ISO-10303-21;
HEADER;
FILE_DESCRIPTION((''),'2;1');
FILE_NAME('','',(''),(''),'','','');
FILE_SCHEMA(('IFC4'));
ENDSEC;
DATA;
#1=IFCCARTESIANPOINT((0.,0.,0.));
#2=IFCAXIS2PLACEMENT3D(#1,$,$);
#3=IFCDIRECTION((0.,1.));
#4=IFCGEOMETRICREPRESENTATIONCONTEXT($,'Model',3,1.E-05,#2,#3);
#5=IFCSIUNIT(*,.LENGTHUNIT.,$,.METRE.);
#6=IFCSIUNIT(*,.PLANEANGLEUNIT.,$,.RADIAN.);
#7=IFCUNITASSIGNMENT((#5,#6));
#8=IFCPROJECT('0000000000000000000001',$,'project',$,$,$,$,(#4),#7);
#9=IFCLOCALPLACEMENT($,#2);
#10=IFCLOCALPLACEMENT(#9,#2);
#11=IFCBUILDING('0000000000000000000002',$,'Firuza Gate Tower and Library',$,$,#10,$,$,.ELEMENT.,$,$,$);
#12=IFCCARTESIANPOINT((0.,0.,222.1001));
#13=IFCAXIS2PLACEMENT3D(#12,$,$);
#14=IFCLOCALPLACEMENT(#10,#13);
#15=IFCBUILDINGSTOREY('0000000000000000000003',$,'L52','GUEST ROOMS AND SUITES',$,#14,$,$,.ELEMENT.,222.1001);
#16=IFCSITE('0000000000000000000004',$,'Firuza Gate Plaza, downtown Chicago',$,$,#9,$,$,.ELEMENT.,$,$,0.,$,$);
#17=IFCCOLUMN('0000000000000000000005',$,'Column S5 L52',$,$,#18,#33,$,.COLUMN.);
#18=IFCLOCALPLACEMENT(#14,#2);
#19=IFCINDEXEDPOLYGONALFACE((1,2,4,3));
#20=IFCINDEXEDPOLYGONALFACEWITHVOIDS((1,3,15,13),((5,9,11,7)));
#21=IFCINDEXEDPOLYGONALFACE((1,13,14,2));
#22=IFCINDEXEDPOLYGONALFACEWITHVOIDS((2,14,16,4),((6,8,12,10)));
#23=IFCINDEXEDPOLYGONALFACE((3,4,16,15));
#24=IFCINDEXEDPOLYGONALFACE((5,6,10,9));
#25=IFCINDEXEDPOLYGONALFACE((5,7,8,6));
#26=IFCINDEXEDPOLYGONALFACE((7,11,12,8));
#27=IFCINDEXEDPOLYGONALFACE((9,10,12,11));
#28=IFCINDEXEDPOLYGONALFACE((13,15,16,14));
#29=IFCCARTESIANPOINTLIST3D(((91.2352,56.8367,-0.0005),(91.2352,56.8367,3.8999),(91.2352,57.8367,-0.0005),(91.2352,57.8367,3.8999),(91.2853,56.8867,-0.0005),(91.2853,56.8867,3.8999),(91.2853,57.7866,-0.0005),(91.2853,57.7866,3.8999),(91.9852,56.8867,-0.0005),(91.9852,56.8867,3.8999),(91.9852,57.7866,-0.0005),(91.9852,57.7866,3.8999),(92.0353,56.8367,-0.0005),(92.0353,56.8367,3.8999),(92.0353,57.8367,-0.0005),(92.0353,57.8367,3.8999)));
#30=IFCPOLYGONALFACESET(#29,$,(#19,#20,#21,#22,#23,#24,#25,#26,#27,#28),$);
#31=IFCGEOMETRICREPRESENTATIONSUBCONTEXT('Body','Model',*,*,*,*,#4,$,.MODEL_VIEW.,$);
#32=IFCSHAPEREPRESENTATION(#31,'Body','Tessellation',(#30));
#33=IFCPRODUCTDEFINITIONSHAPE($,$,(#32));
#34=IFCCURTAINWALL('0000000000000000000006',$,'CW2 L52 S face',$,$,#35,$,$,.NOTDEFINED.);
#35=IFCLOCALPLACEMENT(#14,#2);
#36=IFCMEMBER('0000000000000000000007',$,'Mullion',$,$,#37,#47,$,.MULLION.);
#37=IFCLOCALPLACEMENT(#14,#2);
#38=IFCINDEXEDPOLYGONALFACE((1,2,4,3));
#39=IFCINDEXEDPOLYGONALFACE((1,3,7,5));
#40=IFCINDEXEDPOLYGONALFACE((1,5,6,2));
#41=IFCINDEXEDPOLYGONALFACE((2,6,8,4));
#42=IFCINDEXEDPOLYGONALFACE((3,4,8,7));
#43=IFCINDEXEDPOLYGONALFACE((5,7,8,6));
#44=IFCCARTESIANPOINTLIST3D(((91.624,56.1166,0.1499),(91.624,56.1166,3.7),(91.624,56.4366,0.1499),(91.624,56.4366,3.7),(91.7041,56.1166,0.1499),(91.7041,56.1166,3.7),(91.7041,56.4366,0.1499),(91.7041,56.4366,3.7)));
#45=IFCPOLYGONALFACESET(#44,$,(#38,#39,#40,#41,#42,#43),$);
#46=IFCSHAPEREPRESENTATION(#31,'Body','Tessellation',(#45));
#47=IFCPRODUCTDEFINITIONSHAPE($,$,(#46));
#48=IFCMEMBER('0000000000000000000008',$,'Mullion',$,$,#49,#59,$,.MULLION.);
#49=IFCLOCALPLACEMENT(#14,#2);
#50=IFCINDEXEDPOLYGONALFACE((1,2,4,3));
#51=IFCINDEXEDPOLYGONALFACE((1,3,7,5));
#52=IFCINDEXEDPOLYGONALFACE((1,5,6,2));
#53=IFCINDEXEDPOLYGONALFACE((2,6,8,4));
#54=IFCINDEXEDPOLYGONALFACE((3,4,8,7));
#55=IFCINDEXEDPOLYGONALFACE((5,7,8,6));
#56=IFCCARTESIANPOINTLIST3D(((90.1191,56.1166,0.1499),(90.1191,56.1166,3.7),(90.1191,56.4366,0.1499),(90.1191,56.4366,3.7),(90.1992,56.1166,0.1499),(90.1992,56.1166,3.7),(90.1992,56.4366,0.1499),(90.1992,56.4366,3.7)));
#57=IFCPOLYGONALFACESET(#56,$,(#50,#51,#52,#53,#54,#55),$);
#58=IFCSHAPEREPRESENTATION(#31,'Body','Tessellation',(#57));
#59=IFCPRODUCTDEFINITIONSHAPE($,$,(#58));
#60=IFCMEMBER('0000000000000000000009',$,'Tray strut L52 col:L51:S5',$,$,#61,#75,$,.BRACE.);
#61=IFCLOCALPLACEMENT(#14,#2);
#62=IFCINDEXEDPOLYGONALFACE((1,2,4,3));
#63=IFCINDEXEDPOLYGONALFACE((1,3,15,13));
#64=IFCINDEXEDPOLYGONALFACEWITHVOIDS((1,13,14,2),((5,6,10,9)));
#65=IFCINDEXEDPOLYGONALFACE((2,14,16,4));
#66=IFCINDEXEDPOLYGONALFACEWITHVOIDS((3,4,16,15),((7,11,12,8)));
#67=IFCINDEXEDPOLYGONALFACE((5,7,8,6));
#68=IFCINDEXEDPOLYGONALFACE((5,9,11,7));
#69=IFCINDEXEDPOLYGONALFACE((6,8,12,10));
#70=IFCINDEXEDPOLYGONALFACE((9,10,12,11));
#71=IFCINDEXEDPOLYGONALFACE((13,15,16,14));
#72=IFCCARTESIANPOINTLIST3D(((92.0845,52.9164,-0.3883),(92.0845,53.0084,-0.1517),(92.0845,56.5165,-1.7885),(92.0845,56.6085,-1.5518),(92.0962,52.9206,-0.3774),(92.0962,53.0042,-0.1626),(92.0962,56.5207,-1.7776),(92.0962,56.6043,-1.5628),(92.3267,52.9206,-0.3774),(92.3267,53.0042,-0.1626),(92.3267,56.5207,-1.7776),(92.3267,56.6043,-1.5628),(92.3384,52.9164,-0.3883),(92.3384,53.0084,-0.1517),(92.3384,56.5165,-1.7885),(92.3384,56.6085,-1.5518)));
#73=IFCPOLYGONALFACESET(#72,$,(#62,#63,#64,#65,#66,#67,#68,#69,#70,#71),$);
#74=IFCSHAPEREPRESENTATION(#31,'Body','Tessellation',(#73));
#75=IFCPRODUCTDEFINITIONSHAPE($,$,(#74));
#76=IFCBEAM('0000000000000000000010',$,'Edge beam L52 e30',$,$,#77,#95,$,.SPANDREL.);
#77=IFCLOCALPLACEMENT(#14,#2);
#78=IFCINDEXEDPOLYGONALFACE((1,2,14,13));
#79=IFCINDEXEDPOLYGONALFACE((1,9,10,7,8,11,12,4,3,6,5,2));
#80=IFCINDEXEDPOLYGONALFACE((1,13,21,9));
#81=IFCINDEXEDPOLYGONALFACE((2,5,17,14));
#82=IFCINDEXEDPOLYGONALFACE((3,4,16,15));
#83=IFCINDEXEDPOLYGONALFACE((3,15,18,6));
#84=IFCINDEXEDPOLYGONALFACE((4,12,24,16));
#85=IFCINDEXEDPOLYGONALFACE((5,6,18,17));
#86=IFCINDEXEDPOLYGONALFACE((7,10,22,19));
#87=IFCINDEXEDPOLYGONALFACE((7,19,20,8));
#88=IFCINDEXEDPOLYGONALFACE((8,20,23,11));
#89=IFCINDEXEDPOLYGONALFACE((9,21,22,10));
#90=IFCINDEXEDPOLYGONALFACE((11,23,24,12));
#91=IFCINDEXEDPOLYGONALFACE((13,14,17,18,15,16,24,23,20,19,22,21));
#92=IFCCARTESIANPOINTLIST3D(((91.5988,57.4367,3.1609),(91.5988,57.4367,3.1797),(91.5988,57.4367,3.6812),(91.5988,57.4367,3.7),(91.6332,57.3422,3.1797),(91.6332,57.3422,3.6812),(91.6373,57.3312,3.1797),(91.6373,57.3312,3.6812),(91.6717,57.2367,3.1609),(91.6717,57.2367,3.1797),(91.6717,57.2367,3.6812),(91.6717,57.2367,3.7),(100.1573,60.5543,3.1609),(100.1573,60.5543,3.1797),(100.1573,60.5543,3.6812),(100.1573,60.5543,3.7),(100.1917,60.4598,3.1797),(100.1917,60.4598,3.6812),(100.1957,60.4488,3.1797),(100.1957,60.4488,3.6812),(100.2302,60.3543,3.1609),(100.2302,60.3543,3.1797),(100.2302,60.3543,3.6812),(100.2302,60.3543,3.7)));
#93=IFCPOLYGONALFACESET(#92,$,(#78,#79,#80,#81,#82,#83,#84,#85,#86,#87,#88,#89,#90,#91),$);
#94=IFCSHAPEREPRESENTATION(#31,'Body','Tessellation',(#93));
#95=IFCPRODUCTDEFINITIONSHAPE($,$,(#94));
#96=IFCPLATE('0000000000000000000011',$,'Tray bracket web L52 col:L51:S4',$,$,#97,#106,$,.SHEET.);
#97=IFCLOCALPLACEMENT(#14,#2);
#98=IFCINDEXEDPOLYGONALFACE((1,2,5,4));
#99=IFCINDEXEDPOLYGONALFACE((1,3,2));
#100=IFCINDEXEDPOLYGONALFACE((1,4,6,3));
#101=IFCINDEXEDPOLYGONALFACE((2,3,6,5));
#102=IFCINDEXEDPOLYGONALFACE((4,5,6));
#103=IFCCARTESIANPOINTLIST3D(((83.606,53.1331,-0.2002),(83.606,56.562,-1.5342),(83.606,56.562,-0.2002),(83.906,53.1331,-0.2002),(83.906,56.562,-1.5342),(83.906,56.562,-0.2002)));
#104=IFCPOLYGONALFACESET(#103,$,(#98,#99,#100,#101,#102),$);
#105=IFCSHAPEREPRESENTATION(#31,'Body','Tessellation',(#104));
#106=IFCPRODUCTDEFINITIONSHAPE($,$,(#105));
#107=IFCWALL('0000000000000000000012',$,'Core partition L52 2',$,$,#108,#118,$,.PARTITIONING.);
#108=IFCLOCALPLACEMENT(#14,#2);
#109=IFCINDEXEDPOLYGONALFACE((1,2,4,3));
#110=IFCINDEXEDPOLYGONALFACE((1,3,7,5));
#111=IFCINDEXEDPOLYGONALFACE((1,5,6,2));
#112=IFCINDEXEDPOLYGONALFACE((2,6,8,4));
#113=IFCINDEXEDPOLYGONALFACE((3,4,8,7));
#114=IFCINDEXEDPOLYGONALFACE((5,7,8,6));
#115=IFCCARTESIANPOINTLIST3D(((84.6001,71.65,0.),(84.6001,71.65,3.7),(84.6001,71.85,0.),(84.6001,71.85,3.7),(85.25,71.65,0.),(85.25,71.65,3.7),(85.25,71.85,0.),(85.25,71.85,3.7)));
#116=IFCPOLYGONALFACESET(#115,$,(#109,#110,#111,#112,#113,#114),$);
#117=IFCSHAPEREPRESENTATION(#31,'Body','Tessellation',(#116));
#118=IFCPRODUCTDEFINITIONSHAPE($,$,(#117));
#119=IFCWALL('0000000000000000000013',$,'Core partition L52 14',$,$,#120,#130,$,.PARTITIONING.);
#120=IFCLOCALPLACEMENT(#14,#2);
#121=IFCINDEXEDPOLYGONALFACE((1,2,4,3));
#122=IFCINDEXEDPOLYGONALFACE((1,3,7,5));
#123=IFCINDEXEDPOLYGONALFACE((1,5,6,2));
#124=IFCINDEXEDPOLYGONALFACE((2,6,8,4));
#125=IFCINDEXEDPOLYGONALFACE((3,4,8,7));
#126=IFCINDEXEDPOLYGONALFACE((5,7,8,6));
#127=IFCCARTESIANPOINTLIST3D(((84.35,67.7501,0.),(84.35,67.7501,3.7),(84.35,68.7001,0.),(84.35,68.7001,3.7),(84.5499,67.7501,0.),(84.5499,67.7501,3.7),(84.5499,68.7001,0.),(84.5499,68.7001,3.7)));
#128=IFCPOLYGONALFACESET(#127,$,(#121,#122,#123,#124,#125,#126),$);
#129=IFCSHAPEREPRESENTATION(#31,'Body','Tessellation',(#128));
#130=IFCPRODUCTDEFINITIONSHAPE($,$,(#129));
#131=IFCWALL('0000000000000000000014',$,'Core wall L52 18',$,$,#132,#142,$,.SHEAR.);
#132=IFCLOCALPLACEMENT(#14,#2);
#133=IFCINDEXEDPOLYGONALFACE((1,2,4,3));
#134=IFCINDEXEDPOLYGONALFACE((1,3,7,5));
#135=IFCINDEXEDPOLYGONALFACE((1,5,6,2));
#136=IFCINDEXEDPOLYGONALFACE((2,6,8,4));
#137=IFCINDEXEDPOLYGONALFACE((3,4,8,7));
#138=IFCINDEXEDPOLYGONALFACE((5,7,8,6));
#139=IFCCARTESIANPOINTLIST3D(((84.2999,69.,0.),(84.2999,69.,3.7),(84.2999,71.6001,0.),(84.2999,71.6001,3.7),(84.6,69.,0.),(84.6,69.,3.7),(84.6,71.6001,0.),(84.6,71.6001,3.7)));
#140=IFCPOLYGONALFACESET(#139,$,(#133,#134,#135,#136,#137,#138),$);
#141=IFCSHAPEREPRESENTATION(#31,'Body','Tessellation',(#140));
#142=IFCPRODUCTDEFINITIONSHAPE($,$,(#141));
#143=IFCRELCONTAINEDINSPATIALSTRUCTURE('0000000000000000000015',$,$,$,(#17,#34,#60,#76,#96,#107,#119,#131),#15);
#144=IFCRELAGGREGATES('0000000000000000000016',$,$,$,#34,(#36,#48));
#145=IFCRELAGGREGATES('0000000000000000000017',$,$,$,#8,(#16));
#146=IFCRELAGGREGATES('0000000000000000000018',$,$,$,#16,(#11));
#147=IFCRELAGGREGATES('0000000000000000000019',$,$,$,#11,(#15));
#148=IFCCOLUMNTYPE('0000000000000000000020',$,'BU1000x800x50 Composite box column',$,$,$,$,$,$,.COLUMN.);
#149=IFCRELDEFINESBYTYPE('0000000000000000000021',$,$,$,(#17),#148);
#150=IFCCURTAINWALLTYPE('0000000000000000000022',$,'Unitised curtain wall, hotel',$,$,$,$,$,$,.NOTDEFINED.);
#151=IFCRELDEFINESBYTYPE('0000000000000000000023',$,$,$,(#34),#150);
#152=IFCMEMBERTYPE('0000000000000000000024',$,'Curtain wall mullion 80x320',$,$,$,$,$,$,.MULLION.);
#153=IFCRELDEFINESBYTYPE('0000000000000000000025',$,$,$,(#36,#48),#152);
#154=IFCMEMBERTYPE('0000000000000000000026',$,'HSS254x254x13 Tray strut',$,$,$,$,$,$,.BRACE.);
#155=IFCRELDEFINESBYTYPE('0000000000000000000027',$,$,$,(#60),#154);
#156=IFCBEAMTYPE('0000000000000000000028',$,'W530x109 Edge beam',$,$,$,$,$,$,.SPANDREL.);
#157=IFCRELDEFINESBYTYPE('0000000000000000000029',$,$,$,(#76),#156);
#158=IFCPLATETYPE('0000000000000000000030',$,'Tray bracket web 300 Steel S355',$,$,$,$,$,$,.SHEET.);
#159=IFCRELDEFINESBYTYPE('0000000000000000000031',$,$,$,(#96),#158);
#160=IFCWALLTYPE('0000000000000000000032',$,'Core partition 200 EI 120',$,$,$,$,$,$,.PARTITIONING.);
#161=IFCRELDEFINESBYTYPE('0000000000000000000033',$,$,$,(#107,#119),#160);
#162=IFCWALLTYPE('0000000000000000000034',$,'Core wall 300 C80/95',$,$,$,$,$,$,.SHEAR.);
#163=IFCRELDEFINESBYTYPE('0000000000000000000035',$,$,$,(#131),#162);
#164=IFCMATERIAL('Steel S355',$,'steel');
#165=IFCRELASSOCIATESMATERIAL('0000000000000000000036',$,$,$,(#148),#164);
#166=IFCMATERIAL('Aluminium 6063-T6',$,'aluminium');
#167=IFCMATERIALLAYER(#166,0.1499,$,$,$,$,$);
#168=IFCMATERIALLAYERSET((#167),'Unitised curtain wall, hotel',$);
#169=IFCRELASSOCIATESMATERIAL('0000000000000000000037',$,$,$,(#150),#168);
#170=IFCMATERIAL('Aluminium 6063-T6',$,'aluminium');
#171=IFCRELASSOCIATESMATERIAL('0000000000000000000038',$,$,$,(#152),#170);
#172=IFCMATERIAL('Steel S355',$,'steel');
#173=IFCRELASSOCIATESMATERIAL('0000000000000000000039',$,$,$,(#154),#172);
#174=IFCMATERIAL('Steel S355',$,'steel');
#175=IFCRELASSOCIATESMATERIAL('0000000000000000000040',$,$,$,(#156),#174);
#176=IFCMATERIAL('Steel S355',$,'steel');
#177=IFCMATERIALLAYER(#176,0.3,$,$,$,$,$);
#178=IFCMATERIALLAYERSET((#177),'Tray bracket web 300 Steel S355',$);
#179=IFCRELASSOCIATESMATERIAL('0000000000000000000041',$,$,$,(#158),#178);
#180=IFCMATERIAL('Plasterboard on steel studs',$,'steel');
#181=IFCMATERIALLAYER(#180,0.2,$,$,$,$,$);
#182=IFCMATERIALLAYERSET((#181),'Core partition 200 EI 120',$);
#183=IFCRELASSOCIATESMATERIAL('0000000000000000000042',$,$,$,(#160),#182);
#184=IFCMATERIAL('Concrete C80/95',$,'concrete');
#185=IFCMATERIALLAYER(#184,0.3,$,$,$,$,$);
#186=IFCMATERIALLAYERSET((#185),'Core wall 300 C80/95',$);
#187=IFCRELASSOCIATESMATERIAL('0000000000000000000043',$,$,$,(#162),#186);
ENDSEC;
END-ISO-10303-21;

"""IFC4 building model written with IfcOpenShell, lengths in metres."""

from ifc_helpers import new_model, si_unit, direction, frame, frame_2d, origin, origin_2d, place, context, subcontext, project, spatial, polyline, rectangle, hollow_rectangle, i_section, outline, extrude, material, layer, layer_set, material_profile, profile_set, type_object, element, aggregate, save


model = new_model("IFC4")

# Units and contexts
model_context = context("Model", 3, precision=1e-05, world=origin(), true_north=direction((0.0, 1.0)))
body_context = subcontext(model_context, "Body", "Model", "MODEL_VIEW")
ifc_project = project(units=[si_unit("LENGTHUNIT", "METRE"), si_unit("PLANEANGLEUNIT", "RADIAN")], contexts=[model_context])

# Site, building, storey
site_placement = place(None, origin())
site = spatial("IfcSite", under=ifc_project, at=site_placement, Name="Firuza Gate Plaza, downtown Chicago", CompositionType="ELEMENT", RefElevation=0.0)
building_placement = place(site_placement, origin())
building = spatial("IfcBuilding", under=site, at=building_placement, Name="Firuza Gate Tower and Library", CompositionType="ELEMENT")
storey_placement = place(building_placement, frame((0.0, 0.0, 222.1001)))
storey = spatial("IfcBuildingStorey", under=building, at=storey_placement, Name="L52", Description="GUEST ROOMS AND SUITES", CompositionType="ELEMENT", Elevation=222.1001)

# Column
ifc_material_1 = material(Name="Steel S355", Category="steel")
ifc_material_profile_1 = material_profile(ifc_material_1, hollow_rectangle(XDim=0.8, YDim=1.0, WallThickness=0.05, at=origin_2d()))
ifc_profile_set_1 = profile_set([ifc_material_profile_1], Name="Steel S355")
column_type = type_object("IfcColumnType", Name="BU1000x800x50 Composite box column", PredefinedType="COLUMN", material=ifc_profile_set_1)
column_placement = place(storey_placement, frame((91.6353, 57.3367, -0.0005), z_axis=(0.0, 0.0, 1.0), x_axis=(1.0, 0.0, 0.0)))
element("IfcColumn", 1, at=column_placement, inside=storey, type_object=column_type, Name="Column S5 L52", PredefinedType="COLUMN", context=body_context, shape_type="SweptSolid", body=[
    extrude(hollow_rectangle(XDim=0.8, YDim=1.0, WallThickness=0.05, at=origin_2d()), origin(), (0.0, 0.0, 1.0), 3.9004),
])

# Curtain wall, members
ifc_material_2 = material(Name="Aluminium 6063-T6", Category="aluminium")
ifc_layer_1 = layer(ifc_material_2, 0.1499)
ifc_layer_set_1 = layer_set([ifc_layer_1], Name="Unitised curtain wall, hotel")
curtain_wall_type = type_object("IfcCurtainWallType", Name="Unitised curtain wall, hotel", PredefinedType="NOTDEFINED", material=ifc_layer_set_1)
curtain_wall_placement = place(storey_placement, origin())
curtain_wall = element("IfcCurtainWall", 2, at=curtain_wall_placement, inside=storey, type_object=curtain_wall_type, Name="CW2 L52 S face", PredefinedType="NOTDEFINED")
ifc_material_3 = material(Name="Aluminium 6063-T6", Category="aluminium")
ifc_material_profile_2 = material_profile(ifc_material_3, rectangle(XDim=0.3201, YDim=0.0801, at=origin_2d()))
ifc_profile_set_2 = profile_set([ifc_material_profile_2], Name="Aluminium 6063-T6")
member_type_1 = type_object("IfcMemberType", Name="Curtain wall mullion 80x320", PredefinedType="MULLION", material=ifc_profile_set_2)
member_1_placement = place(storey_placement, frame((91.6641, 56.2766, 0.1499), z_axis=(0.0, 0.0, 1.0), x_axis=(0.0, 1.0, 0.0)))
member_1 = element("IfcMember", 3, at=member_1_placement, type_object=member_type_1, Name="Mullion", PredefinedType="MULLION", context=body_context, shape_type="SweptSolid", body=[
    extrude(rectangle(XDim=0.3201, YDim=0.0801, at=origin_2d()), origin(), (0.0, 0.0, 1.0), 3.55),
])
member_2_placement = place(storey_placement, frame((90.1592, 56.2766, 0.1499), z_axis=(0.0, 0.0, 1.0), x_axis=(0.0, 1.0, 0.0)))
member_2 = element("IfcMember", 4, at=member_2_placement, type_object=member_type_1, Name="Mullion", PredefinedType="MULLION", context=body_context, shape_type="SweptSolid", body=[
    extrude(rectangle(XDim=0.3201, YDim=0.0801, at=origin_2d()), origin(), (0.0, 0.0, 1.0), 3.55),
])
aggregate(curtain_wall, [member_1, member_2])

# Member
ifc_material_4 = material(Name="Steel S355", Category="steel")
ifc_material_profile_3 = material_profile(ifc_material_4, hollow_rectangle(XDim=0.2539, YDim=0.2539, WallThickness=0.0117, at=origin_2d()))
ifc_profile_set_3 = profile_set([ifc_material_profile_3], Name="Steel S355")
member_type_2 = type_object("IfcMemberType", Name="HSS254x254x13 Tray strut", PredefinedType="BRACE", material=ifc_profile_set_3)
member_3_placement = place(storey_placement, frame((92.2114, 56.5625, -1.6702), z_axis=(0.0, -0.931995, 0.362471), x_axis=(1.0, 0.0, 0.0)))
element("IfcMember", 5, at=member_3_placement, inside=storey, type_object=member_type_2, Name="Tray strut L52 col:L51:S5", PredefinedType="BRACE", context=body_context, shape_type="SweptSolid", body=[
    extrude(hollow_rectangle(XDim=0.2539, YDim=0.2539, WallThickness=0.0117, at=origin_2d()), origin(), (0.0, 0.0, 1.0), 3.8628),
])

# Beam
ifc_material_5 = material(Name="Steel S355", Category="steel")
ifc_material_profile_4 = material_profile(ifc_material_5, i_section(OverallWidth=0.2129, OverallDepth=0.5391, WebThickness=0.0117, FlangeThickness=0.0188, at=origin_2d()))
ifc_profile_set_4 = profile_set([ifc_material_profile_4], Name="Steel S355")
beam_type = type_object("IfcBeamType", Name="W530x109 Edge beam", PredefinedType="SPANDREL", material=ifc_profile_set_4)
beam_placement = place(storey_placement, frame((91.6353, 57.3367, 3.4304), z_axis=(0.939601, 0.342272, 0.0), x_axis=(-0.342272, 0.939601, 0.0)))
element("IfcBeam", 6, at=beam_placement, inside=storey, type_object=beam_type, Name="Edge beam L52 e30", PredefinedType="SPANDREL", context=body_context, shape_type="SweptSolid", body=[
    extrude(i_section(OverallWidth=0.2129, OverallDepth=0.5391, WebThickness=0.0117, FlangeThickness=0.0188, at=origin_2d()), origin(), (0.0, 0.0, 1.0), 9.1086),
])

# Plate
ifc_material_6 = material(Name="Steel S355", Category="steel")
ifc_layer_2 = layer(ifc_material_6, 0.3)
ifc_layer_set_2 = layer_set([ifc_layer_2], Name="Tray bracket web 300 Steel S355")
plate_type = type_object("IfcPlateType", Name="Tray bracket web 300 Steel S355", PredefinedType="SHEET", material=ifc_layer_set_2)
plate_placement = place(storey_placement, frame((83.906, 56.562, -0.2002), z_axis=(1.0, 0.0, 0.0), x_axis=(0.0, -1.0, 0.0)))
element("IfcPlate", 7, at=plate_placement, inside=storey, type_object=plate_type, Name="Tray bracket web L52 col:L51:S4", PredefinedType="SHEET", context=body_context, shape_type="SweptSolid", body=[
    extrude(outline(polyline([(0.0, 0.0), (3.429, 0.0), (0.0, 1.334), (0.0, 0.0)])), origin(), (0.0, 0.0, -1.0), 0.3),
])

# Walls
ifc_material_7 = material(Name="Plasterboard on steel studs", Category="steel")
ifc_layer_3 = layer(ifc_material_7, 0.2)
ifc_layer_set_3 = layer_set([ifc_layer_3], Name="Core partition 200 EI 120")
wall_type_1 = type_object("IfcWallType", Name="Core partition 200 EI 120", PredefinedType="PARTITIONING", material=ifc_layer_set_3)
wall_1_placement = place(storey_placement, frame((84.6001, 71.75, 0.0), z_axis=(0.0, 0.0, 1.0), x_axis=(1.0, 0.0, 0.0)))
element("IfcWall", 8, at=wall_1_placement, inside=storey, type_object=wall_type_1, Name="Core partition L52 2", PredefinedType="PARTITIONING", context=body_context, shape_type="SweptSolid", body=[
    extrude(rectangle(XDim=0.6499, YDim=0.2, at=frame_2d((0.325, 0.0))), origin(), (0.0, 0.0, 1.0), 3.7),
])
wall_2_placement = place(storey_placement, frame((84.45, 67.75, 0.0), z_axis=(0.0, 0.0, 1.0), x_axis=(0.0, 1.0, 0.0)))
element("IfcWall", 9, at=wall_2_placement, inside=storey, type_object=wall_type_1, Name="Core partition L52 14", PredefinedType="PARTITIONING", context=body_context, shape_type="SweptSolid", body=[
    extrude(rectangle(XDim=0.95, YDim=0.2, at=frame_2d((0.4751, 0.0))), origin(), (0.0, 0.0, 1.0), 3.7),
])
ifc_material_8 = material(Name="Concrete C80/95", Category="concrete")
ifc_layer_4 = layer(ifc_material_8, 0.3)
ifc_layer_set_4 = layer_set([ifc_layer_4], Name="Core wall 300 C80/95")
wall_type_2 = type_object("IfcWallType", Name="Core wall 300 C80/95", PredefinedType="SHEAR", material=ifc_layer_set_4)
wall_3_placement = place(storey_placement, frame((84.45, 69.0, 0.0), z_axis=(0.0, 0.0, 1.0), x_axis=(0.0, 1.0, 0.0)))
element("IfcWall", 10, at=wall_3_placement, inside=storey, type_object=wall_type_2, Name="Core wall L52 18", PredefinedType="SHEAR", context=body_context, shape_type="SweptSolid", body=[
    extrude(rectangle(XDim=2.6001, YDim=0.3, at=frame_2d((1.3, 0.0))), origin(), (0.0, 0.0, 1.0), 3.7),
])

save(model, "model.ifc")
